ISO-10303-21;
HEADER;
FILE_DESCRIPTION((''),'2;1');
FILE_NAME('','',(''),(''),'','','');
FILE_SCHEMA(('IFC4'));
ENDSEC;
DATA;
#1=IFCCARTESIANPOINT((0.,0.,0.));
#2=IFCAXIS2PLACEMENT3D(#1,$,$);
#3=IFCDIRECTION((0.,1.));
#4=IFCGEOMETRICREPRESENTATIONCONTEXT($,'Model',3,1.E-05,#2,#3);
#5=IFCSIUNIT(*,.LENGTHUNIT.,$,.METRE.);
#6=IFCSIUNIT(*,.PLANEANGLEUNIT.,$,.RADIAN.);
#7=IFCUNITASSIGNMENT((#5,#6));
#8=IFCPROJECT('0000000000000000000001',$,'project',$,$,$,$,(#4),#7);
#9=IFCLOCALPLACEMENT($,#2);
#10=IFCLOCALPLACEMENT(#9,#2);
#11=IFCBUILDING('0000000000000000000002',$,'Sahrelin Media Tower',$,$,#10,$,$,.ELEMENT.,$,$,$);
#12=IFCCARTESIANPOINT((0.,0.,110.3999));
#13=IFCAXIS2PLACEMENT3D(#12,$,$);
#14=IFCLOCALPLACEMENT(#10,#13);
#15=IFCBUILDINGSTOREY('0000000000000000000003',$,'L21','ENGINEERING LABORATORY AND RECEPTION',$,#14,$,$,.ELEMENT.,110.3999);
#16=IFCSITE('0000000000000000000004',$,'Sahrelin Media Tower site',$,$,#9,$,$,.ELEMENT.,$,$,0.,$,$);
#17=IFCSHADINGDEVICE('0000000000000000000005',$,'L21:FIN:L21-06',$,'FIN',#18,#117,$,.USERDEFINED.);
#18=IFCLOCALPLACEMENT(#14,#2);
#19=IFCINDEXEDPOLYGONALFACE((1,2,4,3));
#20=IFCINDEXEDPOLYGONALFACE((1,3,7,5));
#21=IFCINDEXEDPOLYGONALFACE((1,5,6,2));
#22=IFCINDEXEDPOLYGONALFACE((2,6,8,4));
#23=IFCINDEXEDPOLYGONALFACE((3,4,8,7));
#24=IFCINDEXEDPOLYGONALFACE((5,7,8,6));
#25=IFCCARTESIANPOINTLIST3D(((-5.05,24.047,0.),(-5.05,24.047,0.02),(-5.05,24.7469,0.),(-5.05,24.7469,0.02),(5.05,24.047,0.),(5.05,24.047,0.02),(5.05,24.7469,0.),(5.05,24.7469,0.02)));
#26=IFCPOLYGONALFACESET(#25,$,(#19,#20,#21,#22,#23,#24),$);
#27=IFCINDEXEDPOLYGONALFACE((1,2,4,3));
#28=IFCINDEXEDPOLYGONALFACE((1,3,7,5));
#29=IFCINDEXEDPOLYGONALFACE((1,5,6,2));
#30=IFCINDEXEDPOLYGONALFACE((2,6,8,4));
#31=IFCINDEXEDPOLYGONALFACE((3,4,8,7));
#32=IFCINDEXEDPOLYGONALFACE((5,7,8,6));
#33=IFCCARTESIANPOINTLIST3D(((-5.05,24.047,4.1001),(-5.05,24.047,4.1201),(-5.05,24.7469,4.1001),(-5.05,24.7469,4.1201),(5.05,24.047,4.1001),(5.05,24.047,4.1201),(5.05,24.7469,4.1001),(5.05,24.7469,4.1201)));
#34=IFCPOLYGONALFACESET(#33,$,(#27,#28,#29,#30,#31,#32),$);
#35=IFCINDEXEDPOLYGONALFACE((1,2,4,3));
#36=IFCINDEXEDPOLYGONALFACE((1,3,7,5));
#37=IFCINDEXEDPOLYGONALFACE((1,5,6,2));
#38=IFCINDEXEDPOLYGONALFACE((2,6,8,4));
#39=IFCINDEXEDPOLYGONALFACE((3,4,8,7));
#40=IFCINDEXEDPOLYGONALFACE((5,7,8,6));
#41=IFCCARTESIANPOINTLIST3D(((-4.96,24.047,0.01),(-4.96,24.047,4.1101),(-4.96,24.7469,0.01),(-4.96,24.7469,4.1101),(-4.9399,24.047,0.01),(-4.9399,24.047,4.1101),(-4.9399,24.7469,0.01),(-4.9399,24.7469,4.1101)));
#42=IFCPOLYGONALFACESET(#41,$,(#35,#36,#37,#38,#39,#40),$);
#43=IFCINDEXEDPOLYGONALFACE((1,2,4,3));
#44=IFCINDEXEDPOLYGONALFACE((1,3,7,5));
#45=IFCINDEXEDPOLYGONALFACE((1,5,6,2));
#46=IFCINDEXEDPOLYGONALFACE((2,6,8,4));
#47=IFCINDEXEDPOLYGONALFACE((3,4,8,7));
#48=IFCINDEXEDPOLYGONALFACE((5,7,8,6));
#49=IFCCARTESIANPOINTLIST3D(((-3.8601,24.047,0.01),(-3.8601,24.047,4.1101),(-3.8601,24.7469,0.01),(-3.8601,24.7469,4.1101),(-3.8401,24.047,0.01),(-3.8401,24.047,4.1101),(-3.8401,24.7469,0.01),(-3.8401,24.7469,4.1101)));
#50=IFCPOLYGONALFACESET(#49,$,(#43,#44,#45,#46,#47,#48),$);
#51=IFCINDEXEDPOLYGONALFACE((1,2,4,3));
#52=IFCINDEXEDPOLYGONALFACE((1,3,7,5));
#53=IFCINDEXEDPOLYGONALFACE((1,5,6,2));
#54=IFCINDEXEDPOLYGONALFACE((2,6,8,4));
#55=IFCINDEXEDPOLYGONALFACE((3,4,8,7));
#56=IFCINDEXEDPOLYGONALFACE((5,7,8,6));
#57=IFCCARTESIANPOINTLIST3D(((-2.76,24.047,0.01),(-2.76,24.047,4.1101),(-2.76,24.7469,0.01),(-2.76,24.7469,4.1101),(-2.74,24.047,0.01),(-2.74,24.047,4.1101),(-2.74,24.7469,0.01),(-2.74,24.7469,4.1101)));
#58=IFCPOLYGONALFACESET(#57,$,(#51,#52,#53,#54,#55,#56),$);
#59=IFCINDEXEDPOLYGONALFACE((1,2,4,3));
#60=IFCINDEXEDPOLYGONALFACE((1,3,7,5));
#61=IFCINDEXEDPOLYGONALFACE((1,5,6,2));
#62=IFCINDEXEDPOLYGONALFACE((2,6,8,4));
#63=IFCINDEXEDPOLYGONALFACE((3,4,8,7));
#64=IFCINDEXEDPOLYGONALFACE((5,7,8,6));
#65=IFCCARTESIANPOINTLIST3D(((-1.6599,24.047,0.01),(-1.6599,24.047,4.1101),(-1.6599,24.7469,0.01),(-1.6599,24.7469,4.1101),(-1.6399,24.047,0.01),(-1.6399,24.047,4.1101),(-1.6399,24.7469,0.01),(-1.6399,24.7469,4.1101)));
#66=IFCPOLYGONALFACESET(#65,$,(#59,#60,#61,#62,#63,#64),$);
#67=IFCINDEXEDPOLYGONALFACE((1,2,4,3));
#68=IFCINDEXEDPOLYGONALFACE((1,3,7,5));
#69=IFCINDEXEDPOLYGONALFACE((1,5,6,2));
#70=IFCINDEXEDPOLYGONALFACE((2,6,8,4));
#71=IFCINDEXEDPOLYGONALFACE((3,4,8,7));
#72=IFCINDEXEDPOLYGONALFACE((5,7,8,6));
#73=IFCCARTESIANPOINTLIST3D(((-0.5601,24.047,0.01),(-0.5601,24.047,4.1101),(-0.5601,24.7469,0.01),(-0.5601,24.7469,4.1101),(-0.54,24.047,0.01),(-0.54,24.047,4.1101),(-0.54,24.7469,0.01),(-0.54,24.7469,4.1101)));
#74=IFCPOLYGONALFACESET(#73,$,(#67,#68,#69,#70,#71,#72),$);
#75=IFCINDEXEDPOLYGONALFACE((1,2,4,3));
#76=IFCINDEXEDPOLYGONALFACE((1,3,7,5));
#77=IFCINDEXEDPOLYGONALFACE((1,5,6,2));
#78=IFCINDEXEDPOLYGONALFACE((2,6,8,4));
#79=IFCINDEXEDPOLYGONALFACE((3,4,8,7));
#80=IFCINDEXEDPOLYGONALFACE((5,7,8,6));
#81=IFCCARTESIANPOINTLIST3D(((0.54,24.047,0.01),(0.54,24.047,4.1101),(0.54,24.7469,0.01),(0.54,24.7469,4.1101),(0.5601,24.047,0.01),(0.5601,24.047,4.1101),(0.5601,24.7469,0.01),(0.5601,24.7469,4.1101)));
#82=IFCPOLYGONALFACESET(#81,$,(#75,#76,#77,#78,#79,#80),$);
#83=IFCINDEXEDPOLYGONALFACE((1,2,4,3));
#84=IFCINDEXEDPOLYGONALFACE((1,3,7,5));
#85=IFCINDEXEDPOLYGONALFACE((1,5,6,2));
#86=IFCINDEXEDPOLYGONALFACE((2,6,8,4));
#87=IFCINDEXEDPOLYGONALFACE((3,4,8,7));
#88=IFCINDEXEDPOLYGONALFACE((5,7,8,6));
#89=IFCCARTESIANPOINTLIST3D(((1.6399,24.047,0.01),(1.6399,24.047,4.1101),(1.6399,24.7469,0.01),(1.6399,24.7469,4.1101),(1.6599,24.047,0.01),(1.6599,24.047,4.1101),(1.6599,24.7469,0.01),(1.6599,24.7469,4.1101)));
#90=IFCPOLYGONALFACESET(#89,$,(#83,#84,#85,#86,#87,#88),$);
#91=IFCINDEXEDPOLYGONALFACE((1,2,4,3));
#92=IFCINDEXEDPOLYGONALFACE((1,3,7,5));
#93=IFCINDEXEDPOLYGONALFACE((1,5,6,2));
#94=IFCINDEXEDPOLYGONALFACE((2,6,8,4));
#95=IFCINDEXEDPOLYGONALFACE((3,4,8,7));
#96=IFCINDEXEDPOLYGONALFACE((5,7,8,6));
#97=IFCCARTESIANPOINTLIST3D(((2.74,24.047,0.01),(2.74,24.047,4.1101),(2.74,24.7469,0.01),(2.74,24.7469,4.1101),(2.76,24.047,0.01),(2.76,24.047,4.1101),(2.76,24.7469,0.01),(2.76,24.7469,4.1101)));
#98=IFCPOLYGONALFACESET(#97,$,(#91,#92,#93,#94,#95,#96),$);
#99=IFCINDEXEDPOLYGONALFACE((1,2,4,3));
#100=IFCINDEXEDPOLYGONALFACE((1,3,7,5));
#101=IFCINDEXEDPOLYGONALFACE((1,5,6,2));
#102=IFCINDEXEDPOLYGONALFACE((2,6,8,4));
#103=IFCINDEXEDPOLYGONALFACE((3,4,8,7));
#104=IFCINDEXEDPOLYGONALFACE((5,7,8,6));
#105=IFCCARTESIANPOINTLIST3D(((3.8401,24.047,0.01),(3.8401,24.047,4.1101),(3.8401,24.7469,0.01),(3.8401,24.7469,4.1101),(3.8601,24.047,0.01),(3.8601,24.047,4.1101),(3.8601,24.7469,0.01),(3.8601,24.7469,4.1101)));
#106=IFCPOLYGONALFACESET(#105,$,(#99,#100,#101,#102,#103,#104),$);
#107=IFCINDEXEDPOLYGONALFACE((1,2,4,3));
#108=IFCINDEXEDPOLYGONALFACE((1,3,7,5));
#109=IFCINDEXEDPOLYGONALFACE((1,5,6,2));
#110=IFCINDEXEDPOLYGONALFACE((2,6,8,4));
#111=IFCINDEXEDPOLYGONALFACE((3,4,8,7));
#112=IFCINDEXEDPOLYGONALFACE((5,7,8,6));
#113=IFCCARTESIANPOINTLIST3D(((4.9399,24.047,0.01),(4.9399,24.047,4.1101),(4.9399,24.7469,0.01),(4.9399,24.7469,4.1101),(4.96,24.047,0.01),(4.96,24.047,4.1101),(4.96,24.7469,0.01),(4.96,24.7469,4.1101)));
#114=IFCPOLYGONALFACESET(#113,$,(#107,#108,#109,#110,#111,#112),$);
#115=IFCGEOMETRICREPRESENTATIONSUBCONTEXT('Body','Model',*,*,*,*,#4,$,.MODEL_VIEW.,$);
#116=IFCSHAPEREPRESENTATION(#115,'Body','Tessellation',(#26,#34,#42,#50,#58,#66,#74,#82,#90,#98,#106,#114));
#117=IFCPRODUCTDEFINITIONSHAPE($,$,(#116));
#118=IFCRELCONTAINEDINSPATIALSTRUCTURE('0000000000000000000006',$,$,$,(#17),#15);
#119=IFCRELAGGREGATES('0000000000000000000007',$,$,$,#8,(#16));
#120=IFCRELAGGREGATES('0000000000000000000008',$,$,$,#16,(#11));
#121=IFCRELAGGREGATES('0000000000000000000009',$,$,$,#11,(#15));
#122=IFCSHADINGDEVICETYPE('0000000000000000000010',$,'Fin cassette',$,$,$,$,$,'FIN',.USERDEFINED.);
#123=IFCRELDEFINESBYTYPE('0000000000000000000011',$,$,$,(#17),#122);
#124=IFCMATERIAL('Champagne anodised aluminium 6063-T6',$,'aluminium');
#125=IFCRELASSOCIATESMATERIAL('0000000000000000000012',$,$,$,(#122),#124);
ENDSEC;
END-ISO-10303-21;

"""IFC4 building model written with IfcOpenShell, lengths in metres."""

from ifc_helpers import new_model, si_unit, direction, frame, origin, origin_2d, place, context, subcontext, project, spatial, rectangle, extrude, material, type_object, element, save


model = new_model("IFC4")

# Units and contexts
model_context = context("Model", 3, precision=1e-05, world=origin(), true_north=direction((0.0, 1.0)))
body_context = subcontext(model_context, "Body", "Model", "MODEL_VIEW")
ifc_project = project(units=[si_unit("LENGTHUNIT", "METRE"), si_unit("PLANEANGLEUNIT", "RADIAN")], contexts=[model_context])

# Site, building, storey
site_placement = place(None, origin())
site = spatial("IfcSite", under=ifc_project, at=site_placement, Name="Sahrelin Media Tower site", CompositionType="ELEMENT", RefElevation=0.0)
building_placement = place(site_placement, origin())
building = spatial("IfcBuilding", under=site, at=building_placement, Name="Sahrelin Media Tower", CompositionType="ELEMENT")
storey_placement = place(building_placement, frame((0.0, 0.0, 110.3999)))
storey = spatial("IfcBuildingStorey", under=building, at=storey_placement, Name="L21", Description="ENGINEERING LABORATORY AND RECEPTION", CompositionType="ELEMENT", Elevation=110.3999)

# Shared definitions
ifc_material_1 = material(Name="Champagne anodised aluminium 6063-T6", Category="aluminium")

# Shared definitions
placement_1 = place(storey_placement, frame((0.0, 23.9771, 0.0), z_axis=(0.0, 0.0, 1.0), x_axis=(1.0, 0.0, 0.0)))

# Shading device
shading_device_type_1 = type_object("IfcShadingDeviceType", Name="Fin cassette", ElementType="FIN", PredefinedType="USERDEFINED", material=ifc_material_1)
element("IfcShadingDevice", 1, at=placement_1, inside=storey, type_object=shading_device_type_1, Name="L21:FIN:L21-06", ObjectType="FIN", PredefinedType="USERDEFINED", context=body_context, shape_type="SweptSolid", body=[
    extrude(rectangle(XDim=10.1001, YDim=0.7, at=origin_2d()), frame((0.0, 0.4199, 0.0)), (0.0, 0.0, 1.0), 0.02),
    extrude(rectangle(XDim=10.1001, YDim=0.7, at=origin_2d()), frame((0.0, 0.4199, 4.1001)), (0.0, 0.0, 1.0), 0.02),
    extrude(rectangle(XDim=0.02, YDim=0.7, at=origin_2d()), frame((-4.95, 0.4199, 0.01), z_axis=(0.0, 0.0, 1.0), x_axis=(1.0, 0.0, 0.0)), (0.0, 0.0, 1.0), 4.1001),
    extrude(rectangle(XDim=0.02, YDim=0.7, at=origin_2d()), frame((-3.8501, 0.4199, 0.01), z_axis=(0.0, 0.0, 1.0), x_axis=(1.0, 0.0, 0.0)), (0.0, 0.0, 1.0), 4.1001),
    extrude(rectangle(XDim=0.02, YDim=0.7, at=origin_2d()), frame((-2.75, 0.4199, 0.01), z_axis=(0.0, 0.0, 1.0), x_axis=(1.0, 0.0, 0.0)), (0.0, 0.0, 1.0), 4.1001),
    extrude(rectangle(XDim=0.02, YDim=0.7, at=origin_2d()), frame((-1.6499, 0.4199, 0.01), z_axis=(0.0, 0.0, 1.0), x_axis=(1.0, 0.0, 0.0)), (0.0, 0.0, 1.0), 4.1001),
    extrude(rectangle(XDim=0.02, YDim=0.7, at=origin_2d()), frame((-0.55, 0.4199, 0.01), z_axis=(0.0, 0.0, 1.0), x_axis=(1.0, 0.0, 0.0)), (0.0, 0.0, 1.0), 4.1001),
    extrude(rectangle(XDim=0.02, YDim=0.7, at=origin_2d()), frame((0.55, 0.4199, 0.01), z_axis=(0.0, 0.0, 1.0), x_axis=(1.0, 0.0, 0.0)), (0.0, 0.0, 1.0), 4.1001),
    extrude(rectangle(XDim=0.02, YDim=0.7, at=origin_2d()), frame((1.6499, 0.4199, 0.01), z_axis=(0.0, 0.0, 1.0), x_axis=(1.0, 0.0, 0.0)), (0.0, 0.0, 1.0), 4.1001),
    extrude(rectangle(XDim=0.02, YDim=0.7, at=origin_2d()), frame((2.75, 0.4199, 0.01), z_axis=(0.0, 0.0, 1.0), x_axis=(1.0, 0.0, 0.0)), (0.0, 0.0, 1.0), 4.1001),
    extrude(rectangle(XDim=0.02, YDim=0.7, at=origin_2d()), frame((3.8501, 0.4199, 0.01), z_axis=(0.0, 0.0, 1.0), x_axis=(1.0, 0.0, 0.0)), (0.0, 0.0, 1.0), 4.1001),
    extrude(rectangle(XDim=0.02, YDim=0.7, at=origin_2d()), frame((4.95, 0.4199, 0.01), z_axis=(0.0, 0.0, 1.0), x_axis=(1.0, 0.0, 0.0)), (0.0, 0.0, 1.0), 4.1001),
])

save(model, "model.ifc")
